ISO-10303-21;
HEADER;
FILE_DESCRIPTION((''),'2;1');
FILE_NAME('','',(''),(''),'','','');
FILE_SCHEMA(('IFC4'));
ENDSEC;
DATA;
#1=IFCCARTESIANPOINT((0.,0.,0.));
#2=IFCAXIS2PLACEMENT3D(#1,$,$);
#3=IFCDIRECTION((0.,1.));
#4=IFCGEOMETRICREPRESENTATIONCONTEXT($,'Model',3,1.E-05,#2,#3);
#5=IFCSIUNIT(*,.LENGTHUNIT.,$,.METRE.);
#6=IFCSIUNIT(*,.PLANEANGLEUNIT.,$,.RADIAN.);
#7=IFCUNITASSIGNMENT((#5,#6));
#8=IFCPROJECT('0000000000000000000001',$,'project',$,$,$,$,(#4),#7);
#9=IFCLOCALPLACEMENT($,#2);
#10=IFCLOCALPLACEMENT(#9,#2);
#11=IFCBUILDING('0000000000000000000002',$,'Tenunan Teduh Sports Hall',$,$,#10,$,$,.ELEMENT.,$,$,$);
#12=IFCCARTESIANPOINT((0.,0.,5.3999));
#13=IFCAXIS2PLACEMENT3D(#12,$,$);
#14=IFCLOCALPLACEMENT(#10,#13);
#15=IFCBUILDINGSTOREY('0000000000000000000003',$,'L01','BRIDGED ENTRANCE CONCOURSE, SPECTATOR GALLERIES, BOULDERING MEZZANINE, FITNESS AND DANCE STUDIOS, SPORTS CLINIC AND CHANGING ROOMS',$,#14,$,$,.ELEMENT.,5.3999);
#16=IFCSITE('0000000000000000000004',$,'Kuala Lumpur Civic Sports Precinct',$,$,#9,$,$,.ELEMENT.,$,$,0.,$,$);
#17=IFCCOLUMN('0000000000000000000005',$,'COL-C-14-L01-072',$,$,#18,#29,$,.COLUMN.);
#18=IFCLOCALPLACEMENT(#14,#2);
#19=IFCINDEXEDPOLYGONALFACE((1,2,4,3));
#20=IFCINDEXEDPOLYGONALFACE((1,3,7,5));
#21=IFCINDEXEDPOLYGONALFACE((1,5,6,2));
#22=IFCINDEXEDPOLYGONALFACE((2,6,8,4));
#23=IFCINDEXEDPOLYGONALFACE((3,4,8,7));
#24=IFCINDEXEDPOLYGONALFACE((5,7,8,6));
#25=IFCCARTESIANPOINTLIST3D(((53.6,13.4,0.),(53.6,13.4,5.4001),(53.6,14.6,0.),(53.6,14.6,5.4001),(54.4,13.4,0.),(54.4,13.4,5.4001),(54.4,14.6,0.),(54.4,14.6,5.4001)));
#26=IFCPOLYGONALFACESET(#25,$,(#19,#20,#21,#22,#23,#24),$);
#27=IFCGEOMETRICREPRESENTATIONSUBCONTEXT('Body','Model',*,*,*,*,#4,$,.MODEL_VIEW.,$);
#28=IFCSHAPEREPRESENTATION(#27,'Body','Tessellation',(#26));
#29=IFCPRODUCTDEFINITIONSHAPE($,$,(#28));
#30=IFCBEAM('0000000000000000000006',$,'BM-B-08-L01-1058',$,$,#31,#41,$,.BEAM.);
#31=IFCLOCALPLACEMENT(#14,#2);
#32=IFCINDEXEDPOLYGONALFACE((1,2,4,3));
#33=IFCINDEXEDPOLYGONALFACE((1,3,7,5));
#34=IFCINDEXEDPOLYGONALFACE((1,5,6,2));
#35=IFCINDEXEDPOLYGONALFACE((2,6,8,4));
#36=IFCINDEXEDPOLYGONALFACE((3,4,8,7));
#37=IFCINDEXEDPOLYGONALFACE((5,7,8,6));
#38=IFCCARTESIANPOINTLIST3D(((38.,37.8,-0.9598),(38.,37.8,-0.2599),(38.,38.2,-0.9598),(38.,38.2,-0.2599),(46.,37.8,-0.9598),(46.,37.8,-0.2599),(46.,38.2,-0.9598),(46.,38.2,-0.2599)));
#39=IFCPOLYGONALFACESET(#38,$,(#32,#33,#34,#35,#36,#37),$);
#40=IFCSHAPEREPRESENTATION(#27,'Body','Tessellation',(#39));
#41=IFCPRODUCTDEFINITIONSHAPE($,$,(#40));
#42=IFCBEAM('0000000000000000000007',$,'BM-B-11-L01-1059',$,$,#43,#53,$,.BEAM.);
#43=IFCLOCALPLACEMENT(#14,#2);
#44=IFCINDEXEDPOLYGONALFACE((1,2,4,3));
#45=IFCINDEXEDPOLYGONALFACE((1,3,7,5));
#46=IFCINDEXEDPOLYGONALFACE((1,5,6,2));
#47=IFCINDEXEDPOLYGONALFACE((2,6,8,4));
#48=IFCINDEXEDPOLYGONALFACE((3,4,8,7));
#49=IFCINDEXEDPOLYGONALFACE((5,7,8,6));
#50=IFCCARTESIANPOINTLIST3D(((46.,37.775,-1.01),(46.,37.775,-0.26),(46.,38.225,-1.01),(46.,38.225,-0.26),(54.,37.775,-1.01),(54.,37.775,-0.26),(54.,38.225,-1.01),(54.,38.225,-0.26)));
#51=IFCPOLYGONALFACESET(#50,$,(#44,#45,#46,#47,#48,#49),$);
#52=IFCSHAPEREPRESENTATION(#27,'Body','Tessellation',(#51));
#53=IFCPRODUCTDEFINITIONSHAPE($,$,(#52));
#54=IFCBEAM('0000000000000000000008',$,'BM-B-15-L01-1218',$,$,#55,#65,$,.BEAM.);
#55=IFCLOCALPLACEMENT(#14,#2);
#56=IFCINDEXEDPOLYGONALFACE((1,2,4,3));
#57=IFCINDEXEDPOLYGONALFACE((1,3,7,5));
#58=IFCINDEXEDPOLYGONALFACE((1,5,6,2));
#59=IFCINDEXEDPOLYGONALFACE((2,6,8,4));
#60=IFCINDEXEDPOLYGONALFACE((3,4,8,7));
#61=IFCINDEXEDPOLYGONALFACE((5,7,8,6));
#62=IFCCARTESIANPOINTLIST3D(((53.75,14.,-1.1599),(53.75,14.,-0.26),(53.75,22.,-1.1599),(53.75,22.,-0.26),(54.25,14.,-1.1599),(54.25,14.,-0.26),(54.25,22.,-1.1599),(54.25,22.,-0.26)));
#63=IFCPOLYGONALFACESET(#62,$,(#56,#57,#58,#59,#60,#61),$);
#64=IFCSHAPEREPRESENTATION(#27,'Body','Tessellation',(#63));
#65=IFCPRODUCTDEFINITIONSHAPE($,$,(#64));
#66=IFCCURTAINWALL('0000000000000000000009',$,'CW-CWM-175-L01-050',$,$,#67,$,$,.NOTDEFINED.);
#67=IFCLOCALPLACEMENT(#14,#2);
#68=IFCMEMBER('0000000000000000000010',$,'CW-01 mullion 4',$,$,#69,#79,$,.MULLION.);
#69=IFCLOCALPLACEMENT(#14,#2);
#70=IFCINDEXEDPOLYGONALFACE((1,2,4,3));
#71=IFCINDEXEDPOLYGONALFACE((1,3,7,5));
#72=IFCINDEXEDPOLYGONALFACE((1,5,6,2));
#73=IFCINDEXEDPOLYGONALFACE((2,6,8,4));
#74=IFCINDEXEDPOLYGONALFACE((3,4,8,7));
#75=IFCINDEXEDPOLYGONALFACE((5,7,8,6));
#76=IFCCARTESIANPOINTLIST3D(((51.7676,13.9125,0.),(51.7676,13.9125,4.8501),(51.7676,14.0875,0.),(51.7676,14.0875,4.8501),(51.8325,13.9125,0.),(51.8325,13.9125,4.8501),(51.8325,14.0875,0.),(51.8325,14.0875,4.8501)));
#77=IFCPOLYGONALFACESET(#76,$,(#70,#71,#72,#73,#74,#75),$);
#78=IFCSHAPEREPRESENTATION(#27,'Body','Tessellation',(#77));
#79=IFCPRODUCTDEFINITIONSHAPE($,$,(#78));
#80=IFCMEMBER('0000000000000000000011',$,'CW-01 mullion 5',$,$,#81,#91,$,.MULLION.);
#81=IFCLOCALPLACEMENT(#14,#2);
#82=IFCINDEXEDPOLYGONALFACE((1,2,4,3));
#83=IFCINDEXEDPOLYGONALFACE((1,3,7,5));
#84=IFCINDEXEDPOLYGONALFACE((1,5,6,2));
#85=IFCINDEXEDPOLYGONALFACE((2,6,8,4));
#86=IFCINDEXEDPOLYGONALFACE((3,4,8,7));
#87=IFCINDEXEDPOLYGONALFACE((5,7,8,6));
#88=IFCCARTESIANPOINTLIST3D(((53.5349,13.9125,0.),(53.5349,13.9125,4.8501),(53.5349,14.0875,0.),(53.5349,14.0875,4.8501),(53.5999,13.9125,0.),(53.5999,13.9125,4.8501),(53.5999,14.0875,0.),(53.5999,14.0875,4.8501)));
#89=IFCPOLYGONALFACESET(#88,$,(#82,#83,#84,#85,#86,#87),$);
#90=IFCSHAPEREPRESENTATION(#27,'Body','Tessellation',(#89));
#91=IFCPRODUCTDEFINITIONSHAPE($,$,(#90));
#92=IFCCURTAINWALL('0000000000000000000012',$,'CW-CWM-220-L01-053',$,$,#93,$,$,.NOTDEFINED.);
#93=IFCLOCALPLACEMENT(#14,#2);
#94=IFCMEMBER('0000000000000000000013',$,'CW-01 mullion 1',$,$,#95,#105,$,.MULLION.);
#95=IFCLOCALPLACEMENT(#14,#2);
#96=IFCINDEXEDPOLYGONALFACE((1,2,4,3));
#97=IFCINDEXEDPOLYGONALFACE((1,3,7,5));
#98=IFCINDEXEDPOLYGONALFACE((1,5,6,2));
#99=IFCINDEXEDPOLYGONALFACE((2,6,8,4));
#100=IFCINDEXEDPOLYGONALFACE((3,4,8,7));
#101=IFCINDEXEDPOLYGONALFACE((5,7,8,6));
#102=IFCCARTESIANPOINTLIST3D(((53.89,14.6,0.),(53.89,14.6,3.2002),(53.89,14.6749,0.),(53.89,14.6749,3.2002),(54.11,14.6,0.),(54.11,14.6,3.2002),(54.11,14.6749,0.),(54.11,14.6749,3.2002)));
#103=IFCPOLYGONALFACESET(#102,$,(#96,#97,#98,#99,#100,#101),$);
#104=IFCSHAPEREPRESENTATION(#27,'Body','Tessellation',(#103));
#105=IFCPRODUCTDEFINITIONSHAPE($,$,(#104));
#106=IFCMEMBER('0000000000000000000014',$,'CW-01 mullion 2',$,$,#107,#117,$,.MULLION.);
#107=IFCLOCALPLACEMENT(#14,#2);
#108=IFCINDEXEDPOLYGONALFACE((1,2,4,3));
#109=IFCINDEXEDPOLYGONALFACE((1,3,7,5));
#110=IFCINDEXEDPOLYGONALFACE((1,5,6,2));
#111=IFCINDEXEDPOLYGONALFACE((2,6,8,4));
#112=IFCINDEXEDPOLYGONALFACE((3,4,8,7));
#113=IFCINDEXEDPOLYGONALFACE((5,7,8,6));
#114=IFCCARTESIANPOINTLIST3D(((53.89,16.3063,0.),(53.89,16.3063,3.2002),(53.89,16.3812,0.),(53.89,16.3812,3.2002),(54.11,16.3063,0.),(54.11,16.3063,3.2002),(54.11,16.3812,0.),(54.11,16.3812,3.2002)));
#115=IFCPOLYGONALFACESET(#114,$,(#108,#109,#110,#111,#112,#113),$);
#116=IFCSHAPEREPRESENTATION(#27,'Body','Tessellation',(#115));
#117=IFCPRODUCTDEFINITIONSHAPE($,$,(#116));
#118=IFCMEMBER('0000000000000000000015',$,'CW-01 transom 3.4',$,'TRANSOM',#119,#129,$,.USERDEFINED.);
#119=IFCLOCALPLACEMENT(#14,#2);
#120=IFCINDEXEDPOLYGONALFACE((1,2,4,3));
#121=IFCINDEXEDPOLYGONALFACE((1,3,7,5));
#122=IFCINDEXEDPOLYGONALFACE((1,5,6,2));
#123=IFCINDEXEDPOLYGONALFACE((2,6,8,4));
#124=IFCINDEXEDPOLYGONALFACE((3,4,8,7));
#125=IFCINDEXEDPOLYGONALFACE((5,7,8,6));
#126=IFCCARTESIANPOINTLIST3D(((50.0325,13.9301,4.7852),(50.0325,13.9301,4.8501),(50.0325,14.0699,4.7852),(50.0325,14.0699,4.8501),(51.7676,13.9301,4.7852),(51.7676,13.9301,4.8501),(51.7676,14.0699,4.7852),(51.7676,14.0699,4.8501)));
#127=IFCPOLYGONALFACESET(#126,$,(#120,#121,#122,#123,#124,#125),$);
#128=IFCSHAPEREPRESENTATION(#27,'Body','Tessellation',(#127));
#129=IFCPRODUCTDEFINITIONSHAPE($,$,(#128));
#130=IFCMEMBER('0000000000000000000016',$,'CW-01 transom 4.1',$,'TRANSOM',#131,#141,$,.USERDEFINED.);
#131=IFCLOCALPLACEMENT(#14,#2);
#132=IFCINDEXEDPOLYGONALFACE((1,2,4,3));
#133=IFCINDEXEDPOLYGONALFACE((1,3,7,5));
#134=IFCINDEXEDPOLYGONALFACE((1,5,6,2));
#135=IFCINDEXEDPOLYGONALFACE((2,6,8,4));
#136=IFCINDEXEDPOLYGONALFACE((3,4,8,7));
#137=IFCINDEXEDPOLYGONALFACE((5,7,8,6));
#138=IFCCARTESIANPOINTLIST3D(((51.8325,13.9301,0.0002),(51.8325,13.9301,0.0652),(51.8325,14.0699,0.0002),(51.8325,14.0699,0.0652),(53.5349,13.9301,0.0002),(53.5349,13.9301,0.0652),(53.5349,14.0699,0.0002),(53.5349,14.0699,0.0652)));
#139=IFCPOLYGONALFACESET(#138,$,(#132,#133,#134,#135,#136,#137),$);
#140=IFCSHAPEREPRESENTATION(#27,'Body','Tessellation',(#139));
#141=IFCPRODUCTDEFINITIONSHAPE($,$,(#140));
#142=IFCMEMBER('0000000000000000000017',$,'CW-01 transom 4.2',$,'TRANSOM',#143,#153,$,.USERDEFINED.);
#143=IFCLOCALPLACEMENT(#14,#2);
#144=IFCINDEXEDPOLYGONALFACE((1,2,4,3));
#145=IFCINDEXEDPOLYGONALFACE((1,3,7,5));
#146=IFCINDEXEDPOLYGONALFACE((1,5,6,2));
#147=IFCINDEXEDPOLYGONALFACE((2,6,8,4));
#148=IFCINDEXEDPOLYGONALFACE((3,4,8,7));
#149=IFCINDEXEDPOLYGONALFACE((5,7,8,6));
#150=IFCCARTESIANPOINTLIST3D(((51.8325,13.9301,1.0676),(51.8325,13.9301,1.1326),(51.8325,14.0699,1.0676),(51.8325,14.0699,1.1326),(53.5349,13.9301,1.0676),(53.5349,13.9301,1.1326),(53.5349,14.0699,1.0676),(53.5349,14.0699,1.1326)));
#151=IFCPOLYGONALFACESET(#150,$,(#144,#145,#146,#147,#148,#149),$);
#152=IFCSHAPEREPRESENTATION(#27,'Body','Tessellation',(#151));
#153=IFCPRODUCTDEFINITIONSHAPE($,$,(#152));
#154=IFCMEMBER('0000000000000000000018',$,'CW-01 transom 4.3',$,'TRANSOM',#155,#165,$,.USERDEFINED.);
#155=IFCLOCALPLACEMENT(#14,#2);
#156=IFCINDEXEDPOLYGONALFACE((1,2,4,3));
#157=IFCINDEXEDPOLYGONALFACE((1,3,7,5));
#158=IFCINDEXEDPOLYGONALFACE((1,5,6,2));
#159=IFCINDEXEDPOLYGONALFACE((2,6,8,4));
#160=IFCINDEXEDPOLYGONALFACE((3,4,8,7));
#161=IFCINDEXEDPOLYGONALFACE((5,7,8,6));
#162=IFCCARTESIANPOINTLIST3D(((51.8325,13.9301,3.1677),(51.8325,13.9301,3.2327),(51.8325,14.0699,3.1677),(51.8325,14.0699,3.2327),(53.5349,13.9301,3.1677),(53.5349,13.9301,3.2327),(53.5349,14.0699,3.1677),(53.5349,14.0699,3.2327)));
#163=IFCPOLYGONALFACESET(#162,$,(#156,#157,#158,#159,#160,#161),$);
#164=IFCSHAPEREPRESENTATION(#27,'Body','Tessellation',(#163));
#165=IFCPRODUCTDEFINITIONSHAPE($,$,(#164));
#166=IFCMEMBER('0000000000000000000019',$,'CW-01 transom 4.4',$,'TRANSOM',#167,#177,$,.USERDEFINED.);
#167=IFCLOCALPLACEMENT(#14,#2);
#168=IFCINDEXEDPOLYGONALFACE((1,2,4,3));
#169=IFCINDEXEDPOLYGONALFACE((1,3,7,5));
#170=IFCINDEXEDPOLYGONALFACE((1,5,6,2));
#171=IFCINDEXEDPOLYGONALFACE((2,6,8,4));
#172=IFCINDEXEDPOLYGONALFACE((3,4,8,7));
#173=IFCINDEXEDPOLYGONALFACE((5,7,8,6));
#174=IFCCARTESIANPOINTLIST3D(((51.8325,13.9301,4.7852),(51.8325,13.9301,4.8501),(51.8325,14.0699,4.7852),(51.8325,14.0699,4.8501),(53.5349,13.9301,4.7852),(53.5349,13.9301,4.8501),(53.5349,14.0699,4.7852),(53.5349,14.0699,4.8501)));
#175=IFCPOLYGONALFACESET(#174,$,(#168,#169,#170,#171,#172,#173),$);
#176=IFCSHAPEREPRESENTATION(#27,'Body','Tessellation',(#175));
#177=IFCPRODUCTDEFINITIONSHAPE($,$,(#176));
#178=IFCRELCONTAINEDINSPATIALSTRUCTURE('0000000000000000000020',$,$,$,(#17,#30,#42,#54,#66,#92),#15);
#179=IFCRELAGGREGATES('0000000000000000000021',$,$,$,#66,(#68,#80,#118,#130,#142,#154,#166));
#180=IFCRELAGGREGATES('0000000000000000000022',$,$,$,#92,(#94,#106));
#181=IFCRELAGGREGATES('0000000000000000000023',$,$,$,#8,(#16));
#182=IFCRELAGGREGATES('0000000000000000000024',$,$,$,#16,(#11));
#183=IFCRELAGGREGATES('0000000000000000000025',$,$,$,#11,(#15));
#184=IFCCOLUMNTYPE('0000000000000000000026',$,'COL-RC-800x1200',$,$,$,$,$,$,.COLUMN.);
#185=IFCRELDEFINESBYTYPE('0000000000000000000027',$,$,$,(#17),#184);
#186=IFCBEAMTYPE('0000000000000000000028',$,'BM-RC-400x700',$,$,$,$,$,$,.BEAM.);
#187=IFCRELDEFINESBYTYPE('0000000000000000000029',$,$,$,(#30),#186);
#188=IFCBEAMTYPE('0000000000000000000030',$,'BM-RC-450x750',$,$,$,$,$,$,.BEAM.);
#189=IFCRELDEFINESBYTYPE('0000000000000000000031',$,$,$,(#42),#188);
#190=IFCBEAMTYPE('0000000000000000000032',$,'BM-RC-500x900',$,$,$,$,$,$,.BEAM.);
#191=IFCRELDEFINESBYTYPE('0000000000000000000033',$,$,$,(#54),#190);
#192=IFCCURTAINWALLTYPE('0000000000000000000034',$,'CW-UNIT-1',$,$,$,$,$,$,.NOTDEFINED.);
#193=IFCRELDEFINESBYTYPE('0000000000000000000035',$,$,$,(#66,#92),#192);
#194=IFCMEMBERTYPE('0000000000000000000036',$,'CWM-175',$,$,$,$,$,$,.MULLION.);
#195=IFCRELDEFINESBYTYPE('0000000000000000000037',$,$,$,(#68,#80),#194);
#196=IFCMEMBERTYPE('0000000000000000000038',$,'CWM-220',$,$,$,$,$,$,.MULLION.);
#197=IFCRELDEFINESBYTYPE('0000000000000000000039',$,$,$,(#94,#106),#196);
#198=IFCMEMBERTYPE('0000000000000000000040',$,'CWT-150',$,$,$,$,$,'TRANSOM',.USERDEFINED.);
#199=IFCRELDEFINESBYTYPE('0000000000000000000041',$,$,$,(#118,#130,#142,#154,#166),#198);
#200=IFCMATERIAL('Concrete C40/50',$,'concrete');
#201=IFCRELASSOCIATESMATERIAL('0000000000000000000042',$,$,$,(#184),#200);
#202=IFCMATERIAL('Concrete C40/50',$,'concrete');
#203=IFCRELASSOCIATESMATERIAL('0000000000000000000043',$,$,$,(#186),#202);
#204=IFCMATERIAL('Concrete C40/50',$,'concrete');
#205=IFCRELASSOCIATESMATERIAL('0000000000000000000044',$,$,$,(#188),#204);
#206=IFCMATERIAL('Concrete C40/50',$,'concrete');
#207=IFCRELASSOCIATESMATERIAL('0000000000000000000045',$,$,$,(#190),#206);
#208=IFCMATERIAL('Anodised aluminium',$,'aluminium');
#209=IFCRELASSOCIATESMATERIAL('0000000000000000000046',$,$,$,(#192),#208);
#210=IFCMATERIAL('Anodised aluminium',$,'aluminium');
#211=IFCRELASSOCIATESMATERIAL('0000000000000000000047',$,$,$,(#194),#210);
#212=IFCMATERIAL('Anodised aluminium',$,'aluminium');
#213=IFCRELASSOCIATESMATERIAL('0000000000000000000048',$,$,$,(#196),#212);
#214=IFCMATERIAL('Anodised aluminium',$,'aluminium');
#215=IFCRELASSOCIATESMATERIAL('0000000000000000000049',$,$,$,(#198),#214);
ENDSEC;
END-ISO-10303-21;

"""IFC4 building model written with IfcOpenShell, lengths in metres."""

from ifc_helpers import new_model, si_unit, direction, frame, origin, origin_2d, place, context, subcontext, project, spatial, rectangle, extrude, material, material_profile, profile_set, type_object, element, aggregate, save


model = new_model("IFC4")

# Units and contexts
model_context = context("Model", 3, precision=1e-05, world=origin(), true_north=direction((0.0, 1.0)))
body_context = subcontext(model_context, "Body", "Model", "MODEL_VIEW")
ifc_project = project(units=[si_unit("LENGTHUNIT", "METRE"), si_unit("PLANEANGLEUNIT", "RADIAN")], contexts=[model_context])

# Site, building, storey
site_placement = place(None, origin())
site = spatial("IfcSite", under=ifc_project, at=site_placement, Name="Kuala Lumpur Civic Sports Precinct", CompositionType="ELEMENT", RefElevation=0.0)
building_placement = place(site_placement, origin())
building = spatial("IfcBuilding", under=site, at=building_placement, Name="Tenunan Teduh Sports Hall", CompositionType="ELEMENT")
storey_placement = place(building_placement, frame((0.0, 0.0, 5.3999)))
storey = spatial("IfcBuildingStorey", under=building, at=storey_placement, Name="L01", Description="BRIDGED ENTRANCE CONCOURSE, SPECTATOR GALLERIES, BOULDERING MEZZANINE, FITNESS AND DANCE STUDIOS, SPORTS CLINIC AND CHANGING ROOMS", CompositionType="ELEMENT", Elevation=5.3999)

# Column
ifc_material_1 = material(Name="Concrete C40/50", Category="concrete")
ifc_material_profile_1 = material_profile(ifc_material_1, rectangle(XDim=0.8, YDim=1.2, at=origin_2d()), Name="RC 800x1200")
ifc_profile_set_1 = profile_set([ifc_material_profile_1], Name="Concrete C40/50")
column_type = type_object("IfcColumnType", Name="COL-RC-800x1200", PredefinedType="COLUMN", material=ifc_profile_set_1)
column_placement = place(storey_placement, frame((54.0, 14.0, 0.0), z_axis=(0.0, 0.0, 1.0), x_axis=(1.0, 0.0, 0.0)))
element("IfcColumn", 1, at=column_placement, inside=storey, type_object=column_type, Name="COL-C-14-L01-072", PredefinedType="COLUMN", context=body_context, shape_type="SweptSolid", body=[
    extrude(rectangle(XDim=0.8, YDim=1.2, at=origin_2d()), origin(), (0.0, 0.0, 1.0), 5.4001),
])

# Beams
ifc_material_2 = material(Name="Concrete C40/50", Category="concrete")
ifc_material_profile_2 = material_profile(ifc_material_2, rectangle(XDim=0.3999, YDim=0.7, at=origin_2d()), Name="RCB 400x700")
ifc_profile_set_2 = profile_set([ifc_material_profile_2], Name="Concrete C40/50")
beam_type_1 = type_object("IfcBeamType", Name="BM-RC-400x700", PredefinedType="BEAM", material=ifc_profile_set_2)
beam_1_placement = place(storey_placement, frame((38.0, 38.0, -0.6099), z_axis=(1.0, 0.0, 0.0), x_axis=(0.0, 1.0, 0.0)))
element("IfcBeam", 2, at=beam_1_placement, inside=storey, type_object=beam_type_1, Name="BM-B-08-L01-1058", PredefinedType="BEAM", context=body_context, shape_type="SweptSolid", body=[
    extrude(rectangle(XDim=0.3999, YDim=0.7, at=origin_2d()), origin(), (0.0, 0.0, 1.0), 8.0),
])
ifc_material_3 = material(Name="Concrete C40/50", Category="concrete")
ifc_material_profile_3 = material_profile(ifc_material_3, rectangle(XDim=0.45, YDim=0.75, at=origin_2d()), Name="RCB 450x750")
ifc_profile_set_3 = profile_set([ifc_material_profile_3], Name="Concrete C40/50")
beam_type_2 = type_object("IfcBeamType", Name="BM-RC-450x750", PredefinedType="BEAM", material=ifc_profile_set_3)
beam_2_placement = place(storey_placement, frame((46.0, 38.0, -0.635), z_axis=(1.0, 0.0, 0.0), x_axis=(0.0, 1.0, 0.0)))
element("IfcBeam", 3, at=beam_2_placement, inside=storey, type_object=beam_type_2, Name="BM-B-11-L01-1059", PredefinedType="BEAM", context=body_context, shape_type="SweptSolid", body=[
    extrude(rectangle(XDim=0.45, YDim=0.75, at=origin_2d()), origin(), (0.0, 0.0, 1.0), 8.0),
])
ifc_material_4 = material(Name="Concrete C40/50", Category="concrete")
ifc_material_profile_4 = material_profile(ifc_material_4, rectangle(XDim=0.5, YDim=0.8999, at=origin_2d()), Name="RCB 500x900")
ifc_profile_set_4 = profile_set([ifc_material_profile_4], Name="Concrete C40/50")
beam_type_3 = type_object("IfcBeamType", Name="BM-RC-500x900", PredefinedType="BEAM", material=ifc_profile_set_4)
beam_3_placement = place(storey_placement, frame((54.0, 14.0, -0.71), z_axis=(0.0, 1.0, 0.0), x_axis=(-1.0, 0.0, 0.0)))
element("IfcBeam", 4, at=beam_3_placement, inside=storey, type_object=beam_type_3, Name="BM-B-15-L01-1218", PredefinedType="BEAM", context=body_context, shape_type="SweptSolid", body=[
    extrude(rectangle(XDim=0.5, YDim=0.8999, at=origin_2d()), origin(), (0.0, 0.0, 1.0), 8.0),
])

# Curtain walls, members
ifc_material_5 = material(Name="Anodised aluminium", Category="aluminium")
curtain_wall_type = type_object("IfcCurtainWallType", Name="CW-UNIT-1", PredefinedType="NOTDEFINED", material=ifc_material_5)
curtain_wall_1_placement = place(storey_placement, origin())
curtain_wall_1 = element("IfcCurtainWall", 5, at=curtain_wall_1_placement, inside=storey, type_object=curtain_wall_type, Name="CW-CWM-175-L01-050", PredefinedType="NOTDEFINED")
ifc_material_6 = material(Name="Anodised aluminium", Category="aluminium")
ifc_material_profile_5 = material_profile(ifc_material_6, rectangle(XDim=0.0649, YDim=0.175, at=origin_2d()), Name="CWM 65x175")
ifc_profile_set_5 = profile_set([ifc_material_profile_5], Name="Anodised aluminium")
member_type_1 = type_object("IfcMemberType", Name="CWM-175", PredefinedType="MULLION", material=ifc_profile_set_5)
member_1_placement = place(storey_placement, frame((51.8, 14.0, 0.0), z_axis=(0.0, 0.0, 1.0), x_axis=(1.0, 0.0, 0.0)))
member_1 = element("IfcMember", 6, at=member_1_placement, type_object=member_type_1, Name="CW-01 mullion 4", PredefinedType="MULLION", context=body_context, shape_type="SweptSolid", body=[
    extrude(rectangle(XDim=0.0649, YDim=0.175, at=origin_2d()), origin(), (0.0, 0.0, 1.0), 4.8501),
])
member_2_placement = place(storey_placement, frame((53.5674, 14.0, 0.0), z_axis=(0.0, 0.0, 1.0), x_axis=(1.0, 0.0, 0.0)))
member_2 = element("IfcMember", 7, at=member_2_placement, type_object=member_type_1, Name="CW-01 mullion 5", PredefinedType="MULLION", context=body_context, shape_type="SweptSolid", body=[
    extrude(rectangle(XDim=0.0649, YDim=0.175, at=origin_2d()), origin(), (0.0, 0.0, 1.0), 4.8501),
])
curtain_wall_2_placement = place(storey_placement, origin())
curtain_wall_2 = element("IfcCurtainWall", 8, at=curtain_wall_2_placement, inside=storey, type_object=curtain_wall_type, Name="CW-CWM-220-L01-053", PredefinedType="NOTDEFINED")
ifc_material_7 = material(Name="Anodised aluminium", Category="aluminium")
ifc_material_profile_6 = material_profile(ifc_material_7, rectangle(XDim=0.075, YDim=0.22, at=origin_2d()), Name="CWM 75x220")
ifc_profile_set_6 = profile_set([ifc_material_profile_6], Name="Anodised aluminium")
member_type_2 = type_object("IfcMemberType", Name="CWM-220", PredefinedType="MULLION", material=ifc_profile_set_6)
member_3_placement = place(storey_placement, frame((54.0, 14.6375, 0.0), z_axis=(0.0, 0.0, 1.0), x_axis=(0.0, 1.0, 0.0)))
member_3 = element("IfcMember", 9, at=member_3_placement, type_object=member_type_2, Name="CW-01 mullion 1", PredefinedType="MULLION", context=body_context, shape_type="SweptSolid", body=[
    extrude(rectangle(XDim=0.075, YDim=0.22, at=origin_2d()), origin(), (0.0, 0.0, 1.0), 3.2002),
])
member_4_placement = place(storey_placement, frame((54.0, 16.3438, 0.0), z_axis=(0.0, 0.0, 1.0), x_axis=(0.0, 1.0, 0.0)))
member_4 = element("IfcMember", 10, at=member_4_placement, type_object=member_type_2, Name="CW-01 mullion 2", PredefinedType="MULLION", context=body_context, shape_type="SweptSolid", body=[
    extrude(rectangle(XDim=0.075, YDim=0.22, at=origin_2d()), origin(), (0.0, 0.0, 1.0), 3.2002),
])

# Members
ifc_material_8 = material(Name="Anodised aluminium", Category="aluminium")
ifc_material_profile_7 = material_profile(ifc_material_8, rectangle(XDim=0.0649, YDim=0.1399, at=origin_2d()), Name="CWT 65x140")
ifc_profile_set_7 = profile_set([ifc_material_profile_7], Name="Anodised aluminium")
member_type_3 = type_object("IfcMemberType", Name="CWT-150", ElementType="TRANSOM", PredefinedType="USERDEFINED", material=ifc_profile_set_7)
member_5_placement = place(storey_placement, frame((50.0325, 14.0, 4.8176), z_axis=(1.0, 0.0, 0.0), x_axis=(0.0, 0.0, 1.0)))
member_5 = element("IfcMember", 11, at=member_5_placement, type_object=member_type_3, Name="CW-01 transom 3.4", ObjectType="TRANSOM", PredefinedType="USERDEFINED", context=body_context, shape_type="SweptSolid", body=[
    extrude(rectangle(XDim=0.0649, YDim=0.1399, at=origin_2d()), origin(), (0.0, 0.0, 1.0), 1.7351),
])
member_6_placement = place(storey_placement, frame((51.8325, 14.0, 0.0327), z_axis=(1.0, 0.0, 0.0), x_axis=(0.0, 0.0, 1.0)))
member_6 = element("IfcMember", 12, at=member_6_placement, type_object=member_type_3, Name="CW-01 transom 4.1", ObjectType="TRANSOM", PredefinedType="USERDEFINED", context=body_context, shape_type="SweptSolid", body=[
    extrude(rectangle(XDim=0.0649, YDim=0.1399, at=origin_2d()), origin(), (0.0, 0.0, 1.0), 1.7024),
])
member_7_placement = place(storey_placement, frame((51.8325, 14.0, 1.1001), z_axis=(1.0, 0.0, 0.0), x_axis=(0.0, 0.0, 1.0)))
member_7 = element("IfcMember", 13, at=member_7_placement, type_object=member_type_3, Name="CW-01 transom 4.2", ObjectType="TRANSOM", PredefinedType="USERDEFINED", context=body_context, shape_type="SweptSolid", body=[
    extrude(rectangle(XDim=0.0649, YDim=0.1399, at=origin_2d()), origin(), (0.0, 0.0, 1.0), 1.7024),
])
member_8_placement = place(storey_placement, frame((51.8325, 14.0, 3.2002), z_axis=(1.0, 0.0, 0.0), x_axis=(0.0, 0.0, 1.0)))
member_8 = element("IfcMember", 14, at=member_8_placement, type_object=member_type_3, Name="CW-01 transom 4.3", ObjectType="TRANSOM", PredefinedType="USERDEFINED", context=body_context, shape_type="SweptSolid", body=[
    extrude(rectangle(XDim=0.0649, YDim=0.1399, at=origin_2d()), origin(), (0.0, 0.0, 1.0), 1.7024),
])
member_9_placement = place(storey_placement, frame((51.8325, 14.0, 4.8176), z_axis=(1.0, 0.0, 0.0), x_axis=(0.0, 0.0, 1.0)))
member_9 = element("IfcMember", 15, at=member_9_placement, type_object=member_type_3, Name="CW-01 transom 4.4", ObjectType="TRANSOM", PredefinedType="USERDEFINED", context=body_context, shape_type="SweptSolid", body=[
    extrude(rectangle(XDim=0.0649, YDim=0.1399, at=origin_2d()), origin(), (0.0, 0.0, 1.0), 1.7024),
])

aggregate(curtain_wall_1, [member_1, member_2, member_5, member_6, member_7, member_8, member_9])
aggregate(curtain_wall_2, [member_3, member_4])

save(model, "model.ifc")
